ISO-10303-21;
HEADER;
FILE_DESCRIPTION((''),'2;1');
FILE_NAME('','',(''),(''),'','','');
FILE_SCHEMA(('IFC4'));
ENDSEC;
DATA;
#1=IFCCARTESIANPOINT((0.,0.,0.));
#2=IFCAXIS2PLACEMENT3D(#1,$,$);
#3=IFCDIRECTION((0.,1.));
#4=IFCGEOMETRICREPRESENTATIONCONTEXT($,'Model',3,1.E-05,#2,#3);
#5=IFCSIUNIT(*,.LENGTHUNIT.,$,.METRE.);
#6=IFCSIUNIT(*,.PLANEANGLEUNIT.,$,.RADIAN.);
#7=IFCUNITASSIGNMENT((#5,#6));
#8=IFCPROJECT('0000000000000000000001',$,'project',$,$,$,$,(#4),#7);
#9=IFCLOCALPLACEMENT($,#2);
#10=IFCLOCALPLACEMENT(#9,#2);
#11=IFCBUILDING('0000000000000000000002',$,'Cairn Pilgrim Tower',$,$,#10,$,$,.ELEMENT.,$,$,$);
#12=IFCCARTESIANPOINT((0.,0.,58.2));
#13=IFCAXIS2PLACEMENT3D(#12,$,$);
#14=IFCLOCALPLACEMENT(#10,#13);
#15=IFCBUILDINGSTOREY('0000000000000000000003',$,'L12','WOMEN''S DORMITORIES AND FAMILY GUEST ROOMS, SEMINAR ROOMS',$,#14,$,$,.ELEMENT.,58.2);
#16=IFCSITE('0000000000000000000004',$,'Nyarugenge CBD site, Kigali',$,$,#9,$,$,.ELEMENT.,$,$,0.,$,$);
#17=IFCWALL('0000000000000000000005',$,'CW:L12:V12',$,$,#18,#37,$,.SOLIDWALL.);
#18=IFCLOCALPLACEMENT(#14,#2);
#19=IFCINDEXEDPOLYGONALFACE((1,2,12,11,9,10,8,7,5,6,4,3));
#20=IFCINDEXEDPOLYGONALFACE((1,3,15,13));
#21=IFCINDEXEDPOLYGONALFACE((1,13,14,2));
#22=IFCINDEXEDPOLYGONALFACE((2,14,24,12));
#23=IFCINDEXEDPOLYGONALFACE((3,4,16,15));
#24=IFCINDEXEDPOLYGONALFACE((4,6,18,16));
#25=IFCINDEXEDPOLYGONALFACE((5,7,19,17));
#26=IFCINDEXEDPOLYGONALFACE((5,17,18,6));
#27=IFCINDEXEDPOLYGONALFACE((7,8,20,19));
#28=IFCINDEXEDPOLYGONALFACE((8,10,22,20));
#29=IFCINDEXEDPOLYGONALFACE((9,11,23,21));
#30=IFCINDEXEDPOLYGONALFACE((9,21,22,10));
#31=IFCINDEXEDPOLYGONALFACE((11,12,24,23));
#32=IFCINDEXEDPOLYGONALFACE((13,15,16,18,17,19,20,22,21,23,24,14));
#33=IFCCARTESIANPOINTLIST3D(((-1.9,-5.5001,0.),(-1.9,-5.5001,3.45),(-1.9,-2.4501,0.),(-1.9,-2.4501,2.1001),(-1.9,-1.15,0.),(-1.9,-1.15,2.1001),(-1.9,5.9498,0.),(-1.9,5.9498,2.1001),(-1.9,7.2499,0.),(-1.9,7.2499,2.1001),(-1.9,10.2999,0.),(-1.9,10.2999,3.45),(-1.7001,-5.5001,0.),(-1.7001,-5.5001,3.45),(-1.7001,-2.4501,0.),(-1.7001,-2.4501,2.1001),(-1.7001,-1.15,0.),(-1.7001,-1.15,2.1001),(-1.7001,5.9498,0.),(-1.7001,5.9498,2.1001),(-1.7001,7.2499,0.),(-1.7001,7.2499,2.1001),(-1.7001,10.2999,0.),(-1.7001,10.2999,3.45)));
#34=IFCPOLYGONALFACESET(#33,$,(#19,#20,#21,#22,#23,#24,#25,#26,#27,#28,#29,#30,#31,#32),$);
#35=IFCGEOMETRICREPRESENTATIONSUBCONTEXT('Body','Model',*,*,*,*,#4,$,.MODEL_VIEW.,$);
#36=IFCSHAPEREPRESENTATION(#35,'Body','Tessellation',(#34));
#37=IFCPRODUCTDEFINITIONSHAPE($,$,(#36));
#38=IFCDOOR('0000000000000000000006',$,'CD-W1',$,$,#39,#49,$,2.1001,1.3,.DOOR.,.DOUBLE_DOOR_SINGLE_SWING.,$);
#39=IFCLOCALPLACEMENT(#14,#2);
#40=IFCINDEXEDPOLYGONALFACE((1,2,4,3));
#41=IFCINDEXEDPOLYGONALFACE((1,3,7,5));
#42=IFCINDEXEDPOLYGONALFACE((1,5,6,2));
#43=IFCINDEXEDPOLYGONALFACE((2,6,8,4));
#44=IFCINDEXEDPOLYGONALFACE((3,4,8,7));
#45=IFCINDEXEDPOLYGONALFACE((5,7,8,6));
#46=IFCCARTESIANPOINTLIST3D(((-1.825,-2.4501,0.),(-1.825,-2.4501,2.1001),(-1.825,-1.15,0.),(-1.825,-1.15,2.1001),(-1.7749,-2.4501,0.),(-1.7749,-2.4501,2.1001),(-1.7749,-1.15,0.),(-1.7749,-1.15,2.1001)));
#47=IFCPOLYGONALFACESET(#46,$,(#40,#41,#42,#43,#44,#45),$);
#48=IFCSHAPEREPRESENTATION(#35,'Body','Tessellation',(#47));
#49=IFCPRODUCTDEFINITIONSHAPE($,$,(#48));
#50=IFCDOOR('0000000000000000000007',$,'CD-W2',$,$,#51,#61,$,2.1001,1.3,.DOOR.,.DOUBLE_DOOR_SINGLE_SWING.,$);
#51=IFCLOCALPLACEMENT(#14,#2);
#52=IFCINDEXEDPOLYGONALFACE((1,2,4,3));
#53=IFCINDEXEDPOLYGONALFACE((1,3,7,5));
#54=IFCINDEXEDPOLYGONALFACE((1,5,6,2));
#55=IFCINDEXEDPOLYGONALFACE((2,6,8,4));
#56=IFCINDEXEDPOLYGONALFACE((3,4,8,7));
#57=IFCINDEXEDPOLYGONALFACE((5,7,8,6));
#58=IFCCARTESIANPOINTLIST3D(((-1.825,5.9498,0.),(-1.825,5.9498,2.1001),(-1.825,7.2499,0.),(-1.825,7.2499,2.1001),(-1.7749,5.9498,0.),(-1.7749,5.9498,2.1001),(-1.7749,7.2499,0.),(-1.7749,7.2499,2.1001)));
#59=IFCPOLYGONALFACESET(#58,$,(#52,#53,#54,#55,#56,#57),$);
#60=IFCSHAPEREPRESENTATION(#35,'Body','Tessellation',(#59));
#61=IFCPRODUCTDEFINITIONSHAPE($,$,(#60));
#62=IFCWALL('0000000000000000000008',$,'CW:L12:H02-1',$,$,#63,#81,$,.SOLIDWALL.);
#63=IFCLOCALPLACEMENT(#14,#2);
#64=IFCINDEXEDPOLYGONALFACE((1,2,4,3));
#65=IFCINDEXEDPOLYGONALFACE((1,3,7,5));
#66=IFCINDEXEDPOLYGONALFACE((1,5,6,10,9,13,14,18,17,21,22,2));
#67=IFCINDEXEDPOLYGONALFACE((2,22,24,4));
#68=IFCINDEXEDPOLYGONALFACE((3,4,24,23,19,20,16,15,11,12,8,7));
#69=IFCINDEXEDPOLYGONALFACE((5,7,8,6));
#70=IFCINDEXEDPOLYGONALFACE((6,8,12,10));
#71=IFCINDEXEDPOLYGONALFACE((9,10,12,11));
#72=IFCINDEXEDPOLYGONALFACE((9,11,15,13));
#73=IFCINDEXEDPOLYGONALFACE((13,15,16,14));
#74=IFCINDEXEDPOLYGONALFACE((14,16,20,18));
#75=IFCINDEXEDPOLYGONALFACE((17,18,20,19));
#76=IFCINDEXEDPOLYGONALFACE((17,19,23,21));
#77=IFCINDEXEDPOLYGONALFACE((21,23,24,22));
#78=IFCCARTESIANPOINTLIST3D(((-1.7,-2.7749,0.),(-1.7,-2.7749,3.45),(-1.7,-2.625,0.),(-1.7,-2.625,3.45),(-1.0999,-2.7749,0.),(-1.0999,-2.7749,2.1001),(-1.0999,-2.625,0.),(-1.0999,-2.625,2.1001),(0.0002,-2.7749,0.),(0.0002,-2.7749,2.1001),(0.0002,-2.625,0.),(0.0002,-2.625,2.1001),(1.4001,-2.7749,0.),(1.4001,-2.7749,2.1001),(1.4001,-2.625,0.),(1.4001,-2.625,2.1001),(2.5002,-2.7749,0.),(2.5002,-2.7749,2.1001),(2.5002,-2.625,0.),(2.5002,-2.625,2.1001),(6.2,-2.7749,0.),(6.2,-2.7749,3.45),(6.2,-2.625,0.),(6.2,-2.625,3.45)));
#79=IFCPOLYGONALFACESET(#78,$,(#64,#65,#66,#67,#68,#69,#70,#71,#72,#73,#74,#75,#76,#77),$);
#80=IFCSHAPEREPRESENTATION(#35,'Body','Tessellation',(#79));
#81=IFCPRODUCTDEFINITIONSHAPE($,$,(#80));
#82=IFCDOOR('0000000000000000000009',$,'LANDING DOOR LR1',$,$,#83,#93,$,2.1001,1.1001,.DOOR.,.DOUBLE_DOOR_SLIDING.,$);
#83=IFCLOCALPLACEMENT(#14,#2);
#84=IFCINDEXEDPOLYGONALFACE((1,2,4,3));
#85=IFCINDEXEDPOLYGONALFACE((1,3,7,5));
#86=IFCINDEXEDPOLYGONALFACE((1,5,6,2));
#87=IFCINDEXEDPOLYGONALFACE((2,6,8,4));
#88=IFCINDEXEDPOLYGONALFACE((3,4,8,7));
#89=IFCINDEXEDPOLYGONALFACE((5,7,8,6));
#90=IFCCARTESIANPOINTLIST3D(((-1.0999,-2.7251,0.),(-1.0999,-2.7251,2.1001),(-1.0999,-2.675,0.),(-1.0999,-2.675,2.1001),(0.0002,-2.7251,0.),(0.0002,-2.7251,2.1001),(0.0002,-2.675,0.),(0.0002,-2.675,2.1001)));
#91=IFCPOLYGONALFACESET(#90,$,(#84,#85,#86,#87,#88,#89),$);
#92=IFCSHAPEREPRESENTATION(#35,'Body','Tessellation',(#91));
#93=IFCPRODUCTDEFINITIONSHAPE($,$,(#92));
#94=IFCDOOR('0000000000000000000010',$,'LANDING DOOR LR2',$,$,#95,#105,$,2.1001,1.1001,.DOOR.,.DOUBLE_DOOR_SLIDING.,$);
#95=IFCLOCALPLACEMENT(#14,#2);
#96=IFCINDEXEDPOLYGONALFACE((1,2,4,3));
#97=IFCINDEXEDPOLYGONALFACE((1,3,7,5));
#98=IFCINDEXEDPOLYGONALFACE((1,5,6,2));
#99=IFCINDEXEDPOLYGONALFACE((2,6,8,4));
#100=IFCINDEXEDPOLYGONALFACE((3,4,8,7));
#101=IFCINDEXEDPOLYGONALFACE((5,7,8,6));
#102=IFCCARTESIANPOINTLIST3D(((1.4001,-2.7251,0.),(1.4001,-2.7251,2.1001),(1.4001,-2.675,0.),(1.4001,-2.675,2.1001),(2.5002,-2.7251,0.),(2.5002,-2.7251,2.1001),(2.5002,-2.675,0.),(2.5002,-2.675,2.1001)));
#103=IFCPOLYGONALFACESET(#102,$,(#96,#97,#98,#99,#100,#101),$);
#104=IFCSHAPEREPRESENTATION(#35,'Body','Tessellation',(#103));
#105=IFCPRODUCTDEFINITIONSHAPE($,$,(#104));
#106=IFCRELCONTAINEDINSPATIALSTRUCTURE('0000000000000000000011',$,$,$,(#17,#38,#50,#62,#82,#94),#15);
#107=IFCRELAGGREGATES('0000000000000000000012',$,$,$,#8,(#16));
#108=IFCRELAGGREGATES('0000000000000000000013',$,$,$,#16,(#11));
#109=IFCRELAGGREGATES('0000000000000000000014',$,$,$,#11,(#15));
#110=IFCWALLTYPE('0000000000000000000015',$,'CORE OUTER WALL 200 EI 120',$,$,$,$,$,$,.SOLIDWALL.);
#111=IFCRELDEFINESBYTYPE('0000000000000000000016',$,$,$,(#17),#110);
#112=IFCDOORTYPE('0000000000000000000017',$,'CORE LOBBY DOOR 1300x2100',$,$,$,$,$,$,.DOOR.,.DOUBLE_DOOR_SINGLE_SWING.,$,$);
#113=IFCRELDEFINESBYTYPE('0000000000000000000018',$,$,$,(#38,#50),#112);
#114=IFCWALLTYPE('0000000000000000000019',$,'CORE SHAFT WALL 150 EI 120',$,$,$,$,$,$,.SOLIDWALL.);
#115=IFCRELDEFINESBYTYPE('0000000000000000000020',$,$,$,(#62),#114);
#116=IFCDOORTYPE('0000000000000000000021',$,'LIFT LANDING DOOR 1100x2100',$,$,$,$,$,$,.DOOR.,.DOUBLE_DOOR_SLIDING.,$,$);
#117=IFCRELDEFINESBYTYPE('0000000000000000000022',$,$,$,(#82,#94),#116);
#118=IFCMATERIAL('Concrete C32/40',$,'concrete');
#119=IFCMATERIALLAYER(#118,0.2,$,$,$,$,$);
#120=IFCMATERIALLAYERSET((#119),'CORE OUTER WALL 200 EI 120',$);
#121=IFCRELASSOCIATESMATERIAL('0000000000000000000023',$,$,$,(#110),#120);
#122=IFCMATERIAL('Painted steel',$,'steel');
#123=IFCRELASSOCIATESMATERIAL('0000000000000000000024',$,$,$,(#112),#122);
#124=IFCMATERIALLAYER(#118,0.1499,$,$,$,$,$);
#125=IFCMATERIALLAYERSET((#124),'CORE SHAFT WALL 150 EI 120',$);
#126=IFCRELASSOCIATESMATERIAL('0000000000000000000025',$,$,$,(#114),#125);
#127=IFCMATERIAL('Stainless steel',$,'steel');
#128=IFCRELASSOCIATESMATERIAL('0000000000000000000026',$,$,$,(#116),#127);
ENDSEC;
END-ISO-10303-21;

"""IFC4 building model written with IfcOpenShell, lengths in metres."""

from ifc_helpers import new_model, si_unit, direction, frame, frame_2d, origin, place, context, subcontext, project, spatial, rectangle, extrude, material, layer, layer_set, type_object, element, fill, save


model = new_model("IFC4")

# Units and contexts
model_context = context("Model", 3, precision=1e-05, world=origin(), true_north=direction((0.0, 1.0)))
body_context = subcontext(model_context, "Body", "Model", "MODEL_VIEW")
ifc_project = project(units=[si_unit("LENGTHUNIT", "METRE"), si_unit("PLANEANGLEUNIT", "RADIAN")], contexts=[model_context])

# Site, building, storey
site_placement = place(None, origin())
site = spatial("IfcSite", under=ifc_project, at=site_placement, Name="Nyarugenge CBD site, Kigali", CompositionType="ELEMENT", RefElevation=0.0)
building_placement = place(site_placement, origin())
building = spatial("IfcBuilding", under=site, at=building_placement, Name="Cairn Pilgrim Tower", CompositionType="ELEMENT")
storey_placement = place(building_placement, frame((0.0, 0.0, 58.2)))
storey = spatial("IfcBuildingStorey", under=building, at=storey_placement, Name="L12", Description="WOMEN'S DORMITORIES AND FAMILY GUEST ROOMS, SEMINAR ROOMS", CompositionType="ELEMENT", Elevation=58.2)

# Shared definitions
ifc_material_1 = material(Name="Concrete C32/40", Category="concrete")
ifc_layer_1 = layer(ifc_material_1, 0.2)
ifc_layer_set_1 = layer_set([ifc_layer_1], Name="CORE OUTER WALL 200 EI 120")
wall_type_1 = type_object("IfcWallType", Name="CORE OUTER WALL 200 EI 120", PredefinedType="SOLIDWALL", material=ifc_layer_set_1)

# Walls, openings, doors
wall_1_placement = place(storey_placement, frame((-1.8, -5.5, 0.0), z_axis=(0.0, 0.0, 1.0), x_axis=(0.0, 1.0, 0.0)))
wall_1 = element("IfcWall", 1, at=wall_1_placement, inside=storey, type_object=wall_type_1, Name="CW:L12:V12", PredefinedType="SOLIDWALL", context=body_context, shape_type="SweptSolid", body=[
    extrude(rectangle(XDim=15.8, YDim=0.2, at=frame_2d((7.8999, 0.0))), origin(), (0.0, 0.0, 1.0), 3.45),
])
opening_1_placement = place(wall_1_placement, frame((3.05, 0.0, 0.0)))
opening_1 = element("IfcOpeningElement", 2, at=opening_1_placement, cuts=wall_1, PredefinedType="OPENING", context=body_context, shape_type="SweptSolid", body=[
    extrude(rectangle(XDim=1.3, YDim=2.1001, at=frame_2d((0.6499, 1.05))), frame((0.0, 0.1099, 0.0), z_axis=(0.0, -1.0, 0.0), x_axis=(1.0, 0.0, 0.0)), (0.0, 0.0, 1.0), 0.22),
])
opening_2_placement = place(wall_1_placement, frame((11.45, 0.0, 0.0)))
opening_2 = element("IfcOpeningElement", 3, at=opening_2_placement, cuts=wall_1, PredefinedType="OPENING", context=body_context, shape_type="SweptSolid", body=[
    extrude(rectangle(XDim=1.3, YDim=2.1001, at=frame_2d((0.6499, 1.05))), frame((0.0, 0.1099, 0.0), z_axis=(0.0, -1.0, 0.0), x_axis=(1.0, 0.0, 0.0)), (0.0, 0.0, 1.0), 0.22),
])
ifc_material_2 = material(Name="Painted steel", Category="steel")
door_type_1 = type_object("IfcDoorType", Name="CORE LOBBY DOOR 1300x2100", OperationType="DOUBLE_DOOR_SINGLE_SWING", PredefinedType="DOOR", material=ifc_material_2)
door_1_placement = place(opening_1_placement, origin())
door_1 = element("IfcDoor", 4, at=door_1_placement, inside=storey, type_object=door_type_1, Name="CD-W1", OperationType="DOUBLE_DOOR_SINGLE_SWING", OverallHeight=2.1001, OverallWidth=1.3, PredefinedType="DOOR", context=body_context, shape_type="SweptSolid", body=[
    extrude(rectangle(XDim=1.3, YDim=2.1001, at=frame_2d((0.6499, 1.05))), frame((0.0, 0.0249, 0.0), z_axis=(0.0, -1.0, 0.0), x_axis=(1.0, 0.0, 0.0)), (0.0, 0.0, 1.0), 0.05),
])
fill(opening_1, door_1)
door_2_placement = place(opening_2_placement, origin())
door_2 = element("IfcDoor", 5, at=door_2_placement, inside=storey, type_object=door_type_1, Name="CD-W2", OperationType="DOUBLE_DOOR_SINGLE_SWING", OverallHeight=2.1001, OverallWidth=1.3, PredefinedType="DOOR", context=body_context, shape_type="SweptSolid", body=[
    extrude(rectangle(XDim=1.3, YDim=2.1001, at=frame_2d((0.6499, 1.05))), frame((0.0, 0.0249, 0.0), z_axis=(0.0, -1.0, 0.0), x_axis=(1.0, 0.0, 0.0)), (0.0, 0.0, 1.0), 0.05),
])
fill(opening_2, door_2)
ifc_layer_2 = layer(ifc_material_1, 0.1499)
ifc_layer_set_2 = layer_set([ifc_layer_2], Name="CORE SHAFT WALL 150 EI 120")
wall_type_2 = type_object("IfcWallType", Name="CORE SHAFT WALL 150 EI 120", PredefinedType="SOLIDWALL", material=ifc_layer_set_2)
wall_2_placement = place(storey_placement, frame((-1.7, -2.7, 0.0), z_axis=(0.0, 0.0, 1.0), x_axis=(1.0, 0.0, 0.0)))
wall_2 = element("IfcWall", 6, at=wall_2_placement, inside=storey, type_object=wall_type_2, Name="CW:L12:H02-1", PredefinedType="SOLIDWALL", context=body_context, shape_type="SweptSolid", body=[
    extrude(rectangle(XDim=7.8999, YDim=0.1499, at=frame_2d((3.95, 0.0))), origin(), (0.0, 0.0, 1.0), 3.45),
])
opening_3_placement = place(wall_2_placement, frame((0.6001, 0.0, 0.0)))
opening_3 = element("IfcOpeningElement", 7, at=opening_3_placement, cuts=wall_2, PredefinedType="OPENING", context=body_context, shape_type="SweptSolid", body=[
    extrude(rectangle(XDim=1.1001, YDim=2.1001, at=frame_2d((0.55, 1.05))), frame((0.0, 0.085, 0.0), z_axis=(0.0, -1.0, 0.0), x_axis=(1.0, 0.0, 0.0)), (0.0, 0.0, 1.0), 0.1699),
])
opening_4_placement = place(wall_2_placement, frame((3.1001, 0.0, 0.0)))
opening_4 = element("IfcOpeningElement", 8, at=opening_4_placement, cuts=wall_2, PredefinedType="OPENING", context=body_context, shape_type="SweptSolid", body=[
    extrude(rectangle(XDim=1.1001, YDim=2.1001, at=frame_2d((0.55, 1.05))), frame((0.0, 0.085, 0.0), z_axis=(0.0, -1.0, 0.0), x_axis=(1.0, 0.0, 0.0)), (0.0, 0.0, 1.0), 0.1699),
])
ifc_material_3 = material(Name="Stainless steel", Category="steel")
door_type_2 = type_object("IfcDoorType", Name="LIFT LANDING DOOR 1100x2100", OperationType="DOUBLE_DOOR_SLIDING", PredefinedType="DOOR", material=ifc_material_3)
door_3_placement = place(opening_3_placement, origin())
door_3 = element("IfcDoor", 9, at=door_3_placement, inside=storey, type_object=door_type_2, Name="LANDING DOOR LR1", OperationType="DOUBLE_DOOR_SLIDING", OverallHeight=2.1001, OverallWidth=1.1001, PredefinedType="DOOR", context=body_context, shape_type="SweptSolid", body=[
    extrude(rectangle(XDim=1.1001, YDim=2.1001, at=frame_2d((0.55, 1.05))), frame((0.0, 0.0249, 0.0), z_axis=(0.0, -1.0, 0.0), x_axis=(1.0, 0.0, 0.0)), (0.0, 0.0, 1.0), 0.05),
])
fill(opening_3, door_3)
door_4_placement = place(opening_4_placement, origin())
door_4 = element("IfcDoor", 10, at=door_4_placement, inside=storey, type_object=door_type_2, Name="LANDING DOOR LR2", OperationType="DOUBLE_DOOR_SLIDING", OverallHeight=2.1001, OverallWidth=1.1001, PredefinedType="DOOR", context=body_context, shape_type="SweptSolid", body=[
    extrude(rectangle(XDim=1.1001, YDim=2.1001, at=frame_2d((0.55, 1.05))), frame((0.0, 0.0249, 0.0), z_axis=(0.0, -1.0, 0.0), x_axis=(1.0, 0.0, 0.0)), (0.0, 0.0, 1.0), 0.05),
])
fill(opening_4, door_4)

save(model, "model.ifc")
